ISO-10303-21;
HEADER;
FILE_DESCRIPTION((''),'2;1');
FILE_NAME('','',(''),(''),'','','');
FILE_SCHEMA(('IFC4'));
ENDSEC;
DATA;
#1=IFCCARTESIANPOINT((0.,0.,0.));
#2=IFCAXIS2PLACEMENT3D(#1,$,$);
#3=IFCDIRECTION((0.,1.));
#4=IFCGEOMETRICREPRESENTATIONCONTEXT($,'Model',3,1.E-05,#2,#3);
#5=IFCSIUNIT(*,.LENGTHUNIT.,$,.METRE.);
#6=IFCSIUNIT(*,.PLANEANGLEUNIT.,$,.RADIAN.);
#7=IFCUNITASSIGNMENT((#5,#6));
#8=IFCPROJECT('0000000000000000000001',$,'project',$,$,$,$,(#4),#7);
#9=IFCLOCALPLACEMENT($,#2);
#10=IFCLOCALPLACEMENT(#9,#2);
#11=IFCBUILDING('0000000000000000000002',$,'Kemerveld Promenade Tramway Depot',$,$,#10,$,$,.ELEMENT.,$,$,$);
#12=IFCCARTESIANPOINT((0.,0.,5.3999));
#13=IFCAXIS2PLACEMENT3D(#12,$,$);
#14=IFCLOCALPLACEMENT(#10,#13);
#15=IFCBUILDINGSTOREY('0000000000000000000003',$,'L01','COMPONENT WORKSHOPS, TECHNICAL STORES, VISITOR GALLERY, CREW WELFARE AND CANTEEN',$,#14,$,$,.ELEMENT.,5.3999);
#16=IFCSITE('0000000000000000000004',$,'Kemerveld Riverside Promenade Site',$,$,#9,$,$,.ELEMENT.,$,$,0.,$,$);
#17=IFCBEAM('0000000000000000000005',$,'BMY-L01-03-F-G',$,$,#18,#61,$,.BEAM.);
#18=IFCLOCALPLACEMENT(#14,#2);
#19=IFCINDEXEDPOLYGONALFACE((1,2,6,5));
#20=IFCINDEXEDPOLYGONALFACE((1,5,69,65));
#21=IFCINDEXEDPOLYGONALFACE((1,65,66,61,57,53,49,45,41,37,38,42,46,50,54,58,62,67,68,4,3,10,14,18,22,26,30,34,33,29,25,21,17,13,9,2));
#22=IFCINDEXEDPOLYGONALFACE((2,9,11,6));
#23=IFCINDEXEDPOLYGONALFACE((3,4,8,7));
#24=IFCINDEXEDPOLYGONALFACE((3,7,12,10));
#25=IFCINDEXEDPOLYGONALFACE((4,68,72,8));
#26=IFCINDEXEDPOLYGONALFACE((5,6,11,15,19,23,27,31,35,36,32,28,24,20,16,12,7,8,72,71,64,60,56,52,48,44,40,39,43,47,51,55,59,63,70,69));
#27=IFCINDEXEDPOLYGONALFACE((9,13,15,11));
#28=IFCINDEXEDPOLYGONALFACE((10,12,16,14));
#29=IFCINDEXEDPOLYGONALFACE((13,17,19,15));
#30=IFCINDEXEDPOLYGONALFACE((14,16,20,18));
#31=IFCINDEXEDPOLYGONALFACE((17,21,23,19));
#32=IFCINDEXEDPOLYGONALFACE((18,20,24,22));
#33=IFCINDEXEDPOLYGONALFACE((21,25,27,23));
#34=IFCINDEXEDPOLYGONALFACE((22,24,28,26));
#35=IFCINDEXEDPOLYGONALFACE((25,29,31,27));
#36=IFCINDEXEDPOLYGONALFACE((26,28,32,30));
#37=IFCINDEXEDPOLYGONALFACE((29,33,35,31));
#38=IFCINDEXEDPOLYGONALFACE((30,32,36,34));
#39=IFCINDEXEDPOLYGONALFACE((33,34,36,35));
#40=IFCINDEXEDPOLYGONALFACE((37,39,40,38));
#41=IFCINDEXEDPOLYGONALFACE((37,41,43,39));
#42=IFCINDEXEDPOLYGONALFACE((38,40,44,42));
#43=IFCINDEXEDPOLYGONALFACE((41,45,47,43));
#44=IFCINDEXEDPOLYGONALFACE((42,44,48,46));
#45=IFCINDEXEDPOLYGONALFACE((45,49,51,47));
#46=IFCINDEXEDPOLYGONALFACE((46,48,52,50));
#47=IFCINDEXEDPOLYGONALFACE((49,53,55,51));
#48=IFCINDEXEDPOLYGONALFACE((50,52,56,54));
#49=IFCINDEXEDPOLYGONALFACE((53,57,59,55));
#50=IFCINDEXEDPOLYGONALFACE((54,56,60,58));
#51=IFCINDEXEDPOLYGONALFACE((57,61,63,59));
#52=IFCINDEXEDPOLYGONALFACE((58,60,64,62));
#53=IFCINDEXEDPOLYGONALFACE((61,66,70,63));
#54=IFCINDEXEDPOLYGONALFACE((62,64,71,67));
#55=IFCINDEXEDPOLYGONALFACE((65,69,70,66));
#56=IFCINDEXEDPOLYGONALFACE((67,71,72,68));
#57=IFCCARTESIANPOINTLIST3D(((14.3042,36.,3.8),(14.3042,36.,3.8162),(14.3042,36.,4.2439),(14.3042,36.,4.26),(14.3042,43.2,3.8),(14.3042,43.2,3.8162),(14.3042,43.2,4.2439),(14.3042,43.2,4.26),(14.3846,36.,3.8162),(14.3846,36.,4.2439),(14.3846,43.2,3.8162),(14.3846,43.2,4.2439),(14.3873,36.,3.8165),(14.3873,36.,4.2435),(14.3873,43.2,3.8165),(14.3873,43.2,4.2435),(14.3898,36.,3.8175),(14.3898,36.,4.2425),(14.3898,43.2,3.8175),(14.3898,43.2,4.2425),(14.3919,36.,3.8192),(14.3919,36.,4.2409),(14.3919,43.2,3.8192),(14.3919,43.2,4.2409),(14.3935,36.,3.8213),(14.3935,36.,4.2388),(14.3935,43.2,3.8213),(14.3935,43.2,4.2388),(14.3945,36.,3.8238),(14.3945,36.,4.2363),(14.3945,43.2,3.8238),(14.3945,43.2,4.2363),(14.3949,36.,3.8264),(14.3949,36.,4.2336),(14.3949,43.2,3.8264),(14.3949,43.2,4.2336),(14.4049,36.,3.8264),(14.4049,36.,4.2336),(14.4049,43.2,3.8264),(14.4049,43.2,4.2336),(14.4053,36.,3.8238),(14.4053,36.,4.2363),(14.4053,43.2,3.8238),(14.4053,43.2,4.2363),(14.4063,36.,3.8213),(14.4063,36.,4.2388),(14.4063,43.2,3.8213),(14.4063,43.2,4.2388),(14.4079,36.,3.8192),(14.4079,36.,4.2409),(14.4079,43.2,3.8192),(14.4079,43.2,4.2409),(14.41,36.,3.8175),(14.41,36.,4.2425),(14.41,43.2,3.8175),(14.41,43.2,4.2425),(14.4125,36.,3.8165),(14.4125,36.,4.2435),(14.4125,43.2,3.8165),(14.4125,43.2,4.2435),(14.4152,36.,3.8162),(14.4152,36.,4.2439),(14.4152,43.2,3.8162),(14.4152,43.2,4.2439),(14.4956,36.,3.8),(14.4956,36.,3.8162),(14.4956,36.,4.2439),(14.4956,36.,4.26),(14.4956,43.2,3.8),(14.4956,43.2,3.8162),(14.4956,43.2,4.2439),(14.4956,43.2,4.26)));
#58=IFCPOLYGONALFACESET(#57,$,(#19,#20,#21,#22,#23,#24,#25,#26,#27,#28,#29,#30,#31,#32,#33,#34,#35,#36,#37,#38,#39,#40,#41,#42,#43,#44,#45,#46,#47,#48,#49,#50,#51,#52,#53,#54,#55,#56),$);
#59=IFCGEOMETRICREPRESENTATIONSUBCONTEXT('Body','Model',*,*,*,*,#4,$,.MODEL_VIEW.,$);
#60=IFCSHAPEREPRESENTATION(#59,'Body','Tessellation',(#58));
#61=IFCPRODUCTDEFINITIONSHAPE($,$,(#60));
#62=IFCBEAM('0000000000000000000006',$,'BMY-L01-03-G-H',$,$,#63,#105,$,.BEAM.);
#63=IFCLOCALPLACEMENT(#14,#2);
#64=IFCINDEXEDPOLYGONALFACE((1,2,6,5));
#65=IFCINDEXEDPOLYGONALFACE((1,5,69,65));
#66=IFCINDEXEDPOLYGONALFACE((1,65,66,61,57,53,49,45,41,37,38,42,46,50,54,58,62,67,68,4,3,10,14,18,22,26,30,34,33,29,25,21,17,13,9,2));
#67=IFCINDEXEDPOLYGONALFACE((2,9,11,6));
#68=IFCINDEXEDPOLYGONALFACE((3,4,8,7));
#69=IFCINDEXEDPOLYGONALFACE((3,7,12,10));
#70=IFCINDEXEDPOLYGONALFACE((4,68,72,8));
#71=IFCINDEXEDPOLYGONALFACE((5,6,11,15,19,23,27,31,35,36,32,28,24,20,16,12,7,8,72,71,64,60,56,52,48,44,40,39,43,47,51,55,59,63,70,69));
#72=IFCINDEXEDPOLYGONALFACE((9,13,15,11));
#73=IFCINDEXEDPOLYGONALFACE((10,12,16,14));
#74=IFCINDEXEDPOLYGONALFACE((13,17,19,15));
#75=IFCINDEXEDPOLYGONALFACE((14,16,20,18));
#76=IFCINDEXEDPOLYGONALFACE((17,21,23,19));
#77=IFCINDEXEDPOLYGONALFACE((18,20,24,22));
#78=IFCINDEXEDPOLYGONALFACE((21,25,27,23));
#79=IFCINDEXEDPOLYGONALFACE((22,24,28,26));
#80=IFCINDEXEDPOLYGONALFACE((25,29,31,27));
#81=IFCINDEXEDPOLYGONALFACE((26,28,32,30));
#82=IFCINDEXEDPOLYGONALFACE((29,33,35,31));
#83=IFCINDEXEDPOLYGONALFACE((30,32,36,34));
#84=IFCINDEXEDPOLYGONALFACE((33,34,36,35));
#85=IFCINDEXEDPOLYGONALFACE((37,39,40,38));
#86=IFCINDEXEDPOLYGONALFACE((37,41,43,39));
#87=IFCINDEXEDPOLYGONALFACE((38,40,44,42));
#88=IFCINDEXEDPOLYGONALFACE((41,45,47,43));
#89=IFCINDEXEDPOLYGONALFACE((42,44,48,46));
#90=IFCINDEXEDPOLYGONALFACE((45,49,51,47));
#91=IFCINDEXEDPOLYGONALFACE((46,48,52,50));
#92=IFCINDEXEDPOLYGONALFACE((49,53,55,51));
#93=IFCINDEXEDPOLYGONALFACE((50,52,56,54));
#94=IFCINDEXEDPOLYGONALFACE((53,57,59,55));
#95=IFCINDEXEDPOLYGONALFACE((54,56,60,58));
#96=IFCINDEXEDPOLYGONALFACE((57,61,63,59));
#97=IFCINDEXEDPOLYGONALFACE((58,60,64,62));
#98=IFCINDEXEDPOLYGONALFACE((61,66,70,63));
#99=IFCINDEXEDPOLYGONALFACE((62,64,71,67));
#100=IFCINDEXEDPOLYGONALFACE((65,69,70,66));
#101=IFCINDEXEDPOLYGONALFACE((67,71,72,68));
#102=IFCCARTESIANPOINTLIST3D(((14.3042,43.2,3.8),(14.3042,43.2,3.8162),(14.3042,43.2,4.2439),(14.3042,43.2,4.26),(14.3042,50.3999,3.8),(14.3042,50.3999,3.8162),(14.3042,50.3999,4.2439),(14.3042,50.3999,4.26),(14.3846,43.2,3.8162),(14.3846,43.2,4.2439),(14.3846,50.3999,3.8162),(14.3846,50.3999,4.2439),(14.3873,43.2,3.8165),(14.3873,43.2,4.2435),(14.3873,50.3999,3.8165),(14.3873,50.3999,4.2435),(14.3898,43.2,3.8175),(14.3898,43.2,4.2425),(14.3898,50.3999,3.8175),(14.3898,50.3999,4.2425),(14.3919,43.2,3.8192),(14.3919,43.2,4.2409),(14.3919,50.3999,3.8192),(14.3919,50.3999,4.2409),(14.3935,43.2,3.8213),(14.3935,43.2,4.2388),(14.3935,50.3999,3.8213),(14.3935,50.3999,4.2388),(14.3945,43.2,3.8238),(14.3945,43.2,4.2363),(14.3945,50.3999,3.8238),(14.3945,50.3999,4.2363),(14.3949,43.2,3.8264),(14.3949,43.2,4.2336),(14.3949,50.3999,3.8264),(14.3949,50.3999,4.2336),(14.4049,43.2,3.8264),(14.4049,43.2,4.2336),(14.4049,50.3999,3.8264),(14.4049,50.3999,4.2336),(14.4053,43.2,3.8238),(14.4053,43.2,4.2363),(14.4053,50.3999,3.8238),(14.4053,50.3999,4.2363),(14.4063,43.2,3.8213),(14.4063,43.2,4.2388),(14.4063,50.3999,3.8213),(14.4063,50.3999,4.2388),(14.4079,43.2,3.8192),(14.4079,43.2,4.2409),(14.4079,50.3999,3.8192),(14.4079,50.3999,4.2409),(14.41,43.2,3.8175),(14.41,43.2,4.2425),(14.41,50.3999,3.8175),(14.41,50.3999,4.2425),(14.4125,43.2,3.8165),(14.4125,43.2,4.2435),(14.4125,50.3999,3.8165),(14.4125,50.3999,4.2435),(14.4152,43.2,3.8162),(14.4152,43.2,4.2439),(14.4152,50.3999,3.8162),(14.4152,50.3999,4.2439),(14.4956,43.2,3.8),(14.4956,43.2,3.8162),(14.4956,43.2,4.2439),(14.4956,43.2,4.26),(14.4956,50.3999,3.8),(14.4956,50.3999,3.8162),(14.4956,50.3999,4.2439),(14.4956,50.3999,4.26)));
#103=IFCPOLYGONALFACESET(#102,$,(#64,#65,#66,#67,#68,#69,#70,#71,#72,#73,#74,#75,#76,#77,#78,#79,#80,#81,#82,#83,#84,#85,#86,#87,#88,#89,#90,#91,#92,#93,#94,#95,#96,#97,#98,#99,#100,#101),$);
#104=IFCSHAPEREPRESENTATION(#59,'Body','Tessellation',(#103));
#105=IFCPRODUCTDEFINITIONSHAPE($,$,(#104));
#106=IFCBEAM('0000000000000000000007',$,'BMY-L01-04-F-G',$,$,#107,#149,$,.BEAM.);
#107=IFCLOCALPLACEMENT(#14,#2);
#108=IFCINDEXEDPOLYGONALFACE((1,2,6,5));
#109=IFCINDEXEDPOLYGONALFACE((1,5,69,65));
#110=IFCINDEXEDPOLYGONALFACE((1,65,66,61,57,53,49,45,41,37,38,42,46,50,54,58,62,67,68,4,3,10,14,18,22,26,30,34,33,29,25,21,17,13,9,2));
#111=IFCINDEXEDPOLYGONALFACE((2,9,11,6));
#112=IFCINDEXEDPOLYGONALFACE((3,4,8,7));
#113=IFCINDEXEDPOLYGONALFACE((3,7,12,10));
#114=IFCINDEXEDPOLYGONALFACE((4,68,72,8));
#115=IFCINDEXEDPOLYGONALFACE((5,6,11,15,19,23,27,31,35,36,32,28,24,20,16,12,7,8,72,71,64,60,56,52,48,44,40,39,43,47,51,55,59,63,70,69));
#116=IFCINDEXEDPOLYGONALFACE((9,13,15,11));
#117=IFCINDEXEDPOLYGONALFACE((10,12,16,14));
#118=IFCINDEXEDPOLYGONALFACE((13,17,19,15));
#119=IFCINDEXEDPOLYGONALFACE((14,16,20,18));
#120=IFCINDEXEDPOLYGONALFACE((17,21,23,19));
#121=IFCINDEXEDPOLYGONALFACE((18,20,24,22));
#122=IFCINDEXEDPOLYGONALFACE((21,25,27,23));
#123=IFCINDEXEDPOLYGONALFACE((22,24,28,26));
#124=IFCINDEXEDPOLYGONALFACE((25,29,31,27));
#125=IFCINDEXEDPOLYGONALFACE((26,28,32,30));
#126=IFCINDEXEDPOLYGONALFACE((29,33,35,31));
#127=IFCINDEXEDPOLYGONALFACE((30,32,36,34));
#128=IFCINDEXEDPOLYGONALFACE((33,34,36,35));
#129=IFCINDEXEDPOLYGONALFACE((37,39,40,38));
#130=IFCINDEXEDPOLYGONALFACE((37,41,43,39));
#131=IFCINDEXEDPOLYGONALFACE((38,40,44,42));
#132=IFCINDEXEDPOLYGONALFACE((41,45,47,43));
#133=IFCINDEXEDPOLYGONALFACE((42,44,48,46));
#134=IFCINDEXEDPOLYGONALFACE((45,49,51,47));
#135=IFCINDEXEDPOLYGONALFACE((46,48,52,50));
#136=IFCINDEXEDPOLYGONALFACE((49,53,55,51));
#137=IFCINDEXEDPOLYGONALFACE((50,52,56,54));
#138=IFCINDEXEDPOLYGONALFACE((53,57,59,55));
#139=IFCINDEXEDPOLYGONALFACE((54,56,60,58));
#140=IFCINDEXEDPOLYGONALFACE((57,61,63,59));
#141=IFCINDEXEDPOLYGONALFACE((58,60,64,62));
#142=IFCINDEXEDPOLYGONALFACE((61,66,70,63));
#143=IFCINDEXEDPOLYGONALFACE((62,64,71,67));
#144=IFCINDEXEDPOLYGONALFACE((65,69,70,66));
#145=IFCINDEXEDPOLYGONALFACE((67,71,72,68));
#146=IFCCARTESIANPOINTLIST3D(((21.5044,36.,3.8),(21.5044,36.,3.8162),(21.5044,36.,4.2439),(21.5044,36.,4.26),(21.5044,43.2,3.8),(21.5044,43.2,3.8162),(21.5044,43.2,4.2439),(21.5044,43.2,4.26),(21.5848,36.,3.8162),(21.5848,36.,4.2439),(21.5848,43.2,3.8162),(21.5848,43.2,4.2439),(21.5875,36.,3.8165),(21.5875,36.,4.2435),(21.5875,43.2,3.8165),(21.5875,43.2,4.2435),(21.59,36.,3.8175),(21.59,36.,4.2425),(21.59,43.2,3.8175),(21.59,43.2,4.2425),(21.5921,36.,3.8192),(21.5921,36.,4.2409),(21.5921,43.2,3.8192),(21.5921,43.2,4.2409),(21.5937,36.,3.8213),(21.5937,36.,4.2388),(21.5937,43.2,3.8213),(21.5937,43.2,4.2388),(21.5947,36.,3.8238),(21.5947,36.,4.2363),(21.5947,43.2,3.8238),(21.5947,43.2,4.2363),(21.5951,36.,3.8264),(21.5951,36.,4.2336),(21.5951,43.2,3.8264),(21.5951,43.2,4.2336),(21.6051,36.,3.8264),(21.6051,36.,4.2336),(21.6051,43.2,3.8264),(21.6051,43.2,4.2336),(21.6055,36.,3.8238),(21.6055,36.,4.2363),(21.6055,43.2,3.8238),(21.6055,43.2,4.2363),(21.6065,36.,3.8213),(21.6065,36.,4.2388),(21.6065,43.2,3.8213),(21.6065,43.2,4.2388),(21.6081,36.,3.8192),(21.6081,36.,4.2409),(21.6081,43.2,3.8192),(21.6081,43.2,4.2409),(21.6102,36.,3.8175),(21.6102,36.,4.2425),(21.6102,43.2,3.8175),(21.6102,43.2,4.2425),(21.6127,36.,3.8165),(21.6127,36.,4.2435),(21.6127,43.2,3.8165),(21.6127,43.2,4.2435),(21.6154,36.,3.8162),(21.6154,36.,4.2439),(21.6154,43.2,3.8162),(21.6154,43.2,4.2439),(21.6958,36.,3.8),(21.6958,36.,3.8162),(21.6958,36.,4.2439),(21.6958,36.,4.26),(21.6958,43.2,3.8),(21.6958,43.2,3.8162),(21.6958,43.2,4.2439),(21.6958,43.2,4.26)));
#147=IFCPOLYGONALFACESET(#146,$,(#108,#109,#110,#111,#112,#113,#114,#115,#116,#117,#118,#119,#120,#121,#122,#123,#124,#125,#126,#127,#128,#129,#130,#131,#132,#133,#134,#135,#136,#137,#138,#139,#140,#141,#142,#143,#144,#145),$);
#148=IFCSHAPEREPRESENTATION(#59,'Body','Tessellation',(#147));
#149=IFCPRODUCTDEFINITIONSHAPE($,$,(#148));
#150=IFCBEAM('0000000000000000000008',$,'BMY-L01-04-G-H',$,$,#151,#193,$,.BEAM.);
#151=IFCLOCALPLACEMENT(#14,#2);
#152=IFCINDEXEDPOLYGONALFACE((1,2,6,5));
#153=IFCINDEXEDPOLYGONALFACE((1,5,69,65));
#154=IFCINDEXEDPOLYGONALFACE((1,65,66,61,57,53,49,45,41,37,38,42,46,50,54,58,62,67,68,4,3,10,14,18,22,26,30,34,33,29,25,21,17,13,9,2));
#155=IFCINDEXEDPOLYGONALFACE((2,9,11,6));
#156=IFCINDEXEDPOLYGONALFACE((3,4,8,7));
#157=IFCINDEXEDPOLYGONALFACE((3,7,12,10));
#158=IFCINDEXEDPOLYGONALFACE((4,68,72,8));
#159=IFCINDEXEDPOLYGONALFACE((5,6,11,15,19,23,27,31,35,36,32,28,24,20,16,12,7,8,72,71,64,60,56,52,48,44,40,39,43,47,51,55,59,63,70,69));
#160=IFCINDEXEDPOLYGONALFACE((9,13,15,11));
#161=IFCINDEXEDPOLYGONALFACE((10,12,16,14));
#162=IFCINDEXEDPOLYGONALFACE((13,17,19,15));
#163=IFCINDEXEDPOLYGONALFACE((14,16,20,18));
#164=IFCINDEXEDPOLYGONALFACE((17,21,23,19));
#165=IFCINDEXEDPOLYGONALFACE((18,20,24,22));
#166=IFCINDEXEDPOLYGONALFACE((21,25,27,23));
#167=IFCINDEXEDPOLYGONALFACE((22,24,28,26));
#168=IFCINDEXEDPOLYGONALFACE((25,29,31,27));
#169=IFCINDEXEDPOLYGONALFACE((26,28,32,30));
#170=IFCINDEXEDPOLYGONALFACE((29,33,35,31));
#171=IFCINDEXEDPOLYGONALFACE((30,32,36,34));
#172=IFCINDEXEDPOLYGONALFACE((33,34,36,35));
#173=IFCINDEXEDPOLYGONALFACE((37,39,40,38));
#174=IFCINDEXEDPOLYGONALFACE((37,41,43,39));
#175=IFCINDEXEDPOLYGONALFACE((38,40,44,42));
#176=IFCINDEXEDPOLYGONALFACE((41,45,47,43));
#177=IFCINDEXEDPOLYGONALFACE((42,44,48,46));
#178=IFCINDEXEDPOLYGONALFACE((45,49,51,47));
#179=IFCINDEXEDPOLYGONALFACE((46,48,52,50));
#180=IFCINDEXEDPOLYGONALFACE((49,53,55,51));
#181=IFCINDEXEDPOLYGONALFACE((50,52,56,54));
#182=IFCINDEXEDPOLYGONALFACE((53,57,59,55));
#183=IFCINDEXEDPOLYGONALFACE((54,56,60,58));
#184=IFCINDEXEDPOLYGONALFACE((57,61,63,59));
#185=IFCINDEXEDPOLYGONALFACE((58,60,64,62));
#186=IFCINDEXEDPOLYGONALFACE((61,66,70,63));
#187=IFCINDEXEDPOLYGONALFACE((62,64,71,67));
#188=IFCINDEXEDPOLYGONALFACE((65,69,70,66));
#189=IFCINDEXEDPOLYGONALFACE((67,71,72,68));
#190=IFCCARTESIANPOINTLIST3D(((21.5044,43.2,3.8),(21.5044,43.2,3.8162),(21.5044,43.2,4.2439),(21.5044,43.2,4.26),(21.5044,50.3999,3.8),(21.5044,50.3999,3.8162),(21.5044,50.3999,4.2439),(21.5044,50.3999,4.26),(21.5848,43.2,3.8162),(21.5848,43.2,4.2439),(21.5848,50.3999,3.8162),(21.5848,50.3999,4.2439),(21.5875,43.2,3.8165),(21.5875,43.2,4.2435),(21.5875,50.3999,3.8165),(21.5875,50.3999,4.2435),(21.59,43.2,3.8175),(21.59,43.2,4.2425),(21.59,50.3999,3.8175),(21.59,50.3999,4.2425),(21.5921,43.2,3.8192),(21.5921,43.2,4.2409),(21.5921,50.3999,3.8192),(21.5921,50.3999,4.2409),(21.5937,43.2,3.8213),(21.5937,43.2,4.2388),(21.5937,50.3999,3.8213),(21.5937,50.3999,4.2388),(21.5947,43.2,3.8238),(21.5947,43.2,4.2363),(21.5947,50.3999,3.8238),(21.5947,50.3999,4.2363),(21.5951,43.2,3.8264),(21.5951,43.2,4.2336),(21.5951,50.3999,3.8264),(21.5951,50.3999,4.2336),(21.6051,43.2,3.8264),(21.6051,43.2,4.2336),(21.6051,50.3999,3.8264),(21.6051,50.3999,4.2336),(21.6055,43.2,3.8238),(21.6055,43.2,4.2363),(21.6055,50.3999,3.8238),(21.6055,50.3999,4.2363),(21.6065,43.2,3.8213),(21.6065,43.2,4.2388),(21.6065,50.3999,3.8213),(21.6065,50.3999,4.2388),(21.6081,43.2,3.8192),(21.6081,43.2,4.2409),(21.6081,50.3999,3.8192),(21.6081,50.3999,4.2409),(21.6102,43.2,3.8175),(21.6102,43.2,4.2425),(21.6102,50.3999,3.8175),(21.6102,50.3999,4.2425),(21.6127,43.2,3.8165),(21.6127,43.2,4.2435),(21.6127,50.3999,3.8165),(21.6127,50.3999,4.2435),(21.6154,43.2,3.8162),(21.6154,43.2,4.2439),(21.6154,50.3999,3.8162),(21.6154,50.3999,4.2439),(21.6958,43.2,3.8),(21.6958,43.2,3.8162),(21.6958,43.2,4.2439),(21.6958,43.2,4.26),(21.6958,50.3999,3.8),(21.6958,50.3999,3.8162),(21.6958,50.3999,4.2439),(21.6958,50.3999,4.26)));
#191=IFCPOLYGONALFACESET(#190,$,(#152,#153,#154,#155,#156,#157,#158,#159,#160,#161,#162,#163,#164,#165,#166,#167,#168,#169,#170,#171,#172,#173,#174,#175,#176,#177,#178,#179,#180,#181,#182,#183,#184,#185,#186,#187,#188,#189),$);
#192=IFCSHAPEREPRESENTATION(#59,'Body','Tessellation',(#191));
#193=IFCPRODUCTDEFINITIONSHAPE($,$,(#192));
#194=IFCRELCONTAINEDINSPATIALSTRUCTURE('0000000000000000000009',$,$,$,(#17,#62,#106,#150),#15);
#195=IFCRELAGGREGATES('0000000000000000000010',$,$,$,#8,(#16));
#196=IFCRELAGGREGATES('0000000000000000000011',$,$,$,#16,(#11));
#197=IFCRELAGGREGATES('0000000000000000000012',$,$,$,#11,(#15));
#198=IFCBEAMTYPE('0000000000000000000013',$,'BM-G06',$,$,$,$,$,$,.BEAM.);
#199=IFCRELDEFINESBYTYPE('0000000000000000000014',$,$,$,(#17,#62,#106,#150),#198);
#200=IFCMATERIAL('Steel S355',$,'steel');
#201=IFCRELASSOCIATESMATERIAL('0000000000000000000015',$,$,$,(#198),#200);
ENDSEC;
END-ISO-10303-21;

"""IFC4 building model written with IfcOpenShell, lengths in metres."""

from ifc_helpers import new_model, si_unit, direction, frame, origin, origin_2d, place, context, subcontext, project, spatial, i_section, extrude, material, material_profile, profile_set, type_object, element, save


model = new_model("IFC4")

# Units and contexts
model_context = context("Model", 3, precision=1e-05, world=origin(), true_north=direction((0.0, 1.0)))
body_context = subcontext(model_context, "Body", "Model", "MODEL_VIEW")
ifc_project = project(units=[si_unit("LENGTHUNIT", "METRE"), si_unit("PLANEANGLEUNIT", "RADIAN")], contexts=[model_context])

# Site, building, storey
site_placement = place(None, origin())
site = spatial("IfcSite", under=ifc_project, at=site_placement, Name="Kemerveld Riverside Promenade Site", CompositionType="ELEMENT", RefElevation=0.0)
building_placement = place(site_placement, origin())
building = spatial("IfcBuilding", under=site, at=building_placement, Name="Kemerveld Promenade Tramway Depot", CompositionType="ELEMENT")
storey_placement = place(building_placement, frame((0.0, 0.0, 5.3999)))
storey = spatial("IfcBuildingStorey", under=building, at=storey_placement, Name="L01", Description="COMPONENT WORKSHOPS, TECHNICAL STORES, VISITOR GALLERY, CREW WELFARE AND CANTEEN", CompositionType="ELEMENT", Elevation=5.3999)

# Shared definitions
ifc_material_1 = material(Name="Steel S355", Category="steel")

# Beams
ifc_material_profile_1 = material_profile(ifc_material_1, i_section(OverallWidth=0.1914, OverallDepth=0.46, WebThickness=0.01, FlangeThickness=0.0161, FilletRadius=0.0103, at=origin_2d()), Name="457x191x82 UB")
ifc_profile_set_1 = profile_set([ifc_material_profile_1], Name="Steel S355")
beam_type_1 = type_object("IfcBeamType", Name="BM-G06", PredefinedType="BEAM", material=ifc_profile_set_1)
for number, where, z_axis, x_axis, name in (
    (1, (14.3999, 36.0, 4.03), (0.0, 1.0, 0.0), (-1.0, 0.0, 0.0), "BMY-L01-03-F-G"),
    (2, (14.3999, 43.2, 4.03), (0.0, 1.0, 0.0), (-1.0, 0.0, 0.0), "BMY-L01-03-G-H"),
    (3, (21.6001, 36.0, 4.03), (0.0, 1.0, 0.0), (-1.0, 0.0, 0.0), "BMY-L01-04-F-G"),
    (4, (21.6001, 43.2, 4.03), (0.0, 1.0, 0.0), (-1.0, 0.0, 0.0), "BMY-L01-04-G-H"),
):
    element("IfcBeam", number, at=place(storey_placement, frame(where, z_axis=z_axis, x_axis=x_axis)), inside=storey, type_object=beam_type_1, Name=name, PredefinedType="BEAM", context=body_context, shape_type="SweptSolid", body=[
        extrude(i_section(OverallWidth=0.1914, OverallDepth=0.46, WebThickness=0.01, FlangeThickness=0.0161, FilletRadius=0.0103, at=origin_2d()), origin(), (0.0, 0.0, 1.0), 7.2),
    ])

save(model, "model.ifc")
